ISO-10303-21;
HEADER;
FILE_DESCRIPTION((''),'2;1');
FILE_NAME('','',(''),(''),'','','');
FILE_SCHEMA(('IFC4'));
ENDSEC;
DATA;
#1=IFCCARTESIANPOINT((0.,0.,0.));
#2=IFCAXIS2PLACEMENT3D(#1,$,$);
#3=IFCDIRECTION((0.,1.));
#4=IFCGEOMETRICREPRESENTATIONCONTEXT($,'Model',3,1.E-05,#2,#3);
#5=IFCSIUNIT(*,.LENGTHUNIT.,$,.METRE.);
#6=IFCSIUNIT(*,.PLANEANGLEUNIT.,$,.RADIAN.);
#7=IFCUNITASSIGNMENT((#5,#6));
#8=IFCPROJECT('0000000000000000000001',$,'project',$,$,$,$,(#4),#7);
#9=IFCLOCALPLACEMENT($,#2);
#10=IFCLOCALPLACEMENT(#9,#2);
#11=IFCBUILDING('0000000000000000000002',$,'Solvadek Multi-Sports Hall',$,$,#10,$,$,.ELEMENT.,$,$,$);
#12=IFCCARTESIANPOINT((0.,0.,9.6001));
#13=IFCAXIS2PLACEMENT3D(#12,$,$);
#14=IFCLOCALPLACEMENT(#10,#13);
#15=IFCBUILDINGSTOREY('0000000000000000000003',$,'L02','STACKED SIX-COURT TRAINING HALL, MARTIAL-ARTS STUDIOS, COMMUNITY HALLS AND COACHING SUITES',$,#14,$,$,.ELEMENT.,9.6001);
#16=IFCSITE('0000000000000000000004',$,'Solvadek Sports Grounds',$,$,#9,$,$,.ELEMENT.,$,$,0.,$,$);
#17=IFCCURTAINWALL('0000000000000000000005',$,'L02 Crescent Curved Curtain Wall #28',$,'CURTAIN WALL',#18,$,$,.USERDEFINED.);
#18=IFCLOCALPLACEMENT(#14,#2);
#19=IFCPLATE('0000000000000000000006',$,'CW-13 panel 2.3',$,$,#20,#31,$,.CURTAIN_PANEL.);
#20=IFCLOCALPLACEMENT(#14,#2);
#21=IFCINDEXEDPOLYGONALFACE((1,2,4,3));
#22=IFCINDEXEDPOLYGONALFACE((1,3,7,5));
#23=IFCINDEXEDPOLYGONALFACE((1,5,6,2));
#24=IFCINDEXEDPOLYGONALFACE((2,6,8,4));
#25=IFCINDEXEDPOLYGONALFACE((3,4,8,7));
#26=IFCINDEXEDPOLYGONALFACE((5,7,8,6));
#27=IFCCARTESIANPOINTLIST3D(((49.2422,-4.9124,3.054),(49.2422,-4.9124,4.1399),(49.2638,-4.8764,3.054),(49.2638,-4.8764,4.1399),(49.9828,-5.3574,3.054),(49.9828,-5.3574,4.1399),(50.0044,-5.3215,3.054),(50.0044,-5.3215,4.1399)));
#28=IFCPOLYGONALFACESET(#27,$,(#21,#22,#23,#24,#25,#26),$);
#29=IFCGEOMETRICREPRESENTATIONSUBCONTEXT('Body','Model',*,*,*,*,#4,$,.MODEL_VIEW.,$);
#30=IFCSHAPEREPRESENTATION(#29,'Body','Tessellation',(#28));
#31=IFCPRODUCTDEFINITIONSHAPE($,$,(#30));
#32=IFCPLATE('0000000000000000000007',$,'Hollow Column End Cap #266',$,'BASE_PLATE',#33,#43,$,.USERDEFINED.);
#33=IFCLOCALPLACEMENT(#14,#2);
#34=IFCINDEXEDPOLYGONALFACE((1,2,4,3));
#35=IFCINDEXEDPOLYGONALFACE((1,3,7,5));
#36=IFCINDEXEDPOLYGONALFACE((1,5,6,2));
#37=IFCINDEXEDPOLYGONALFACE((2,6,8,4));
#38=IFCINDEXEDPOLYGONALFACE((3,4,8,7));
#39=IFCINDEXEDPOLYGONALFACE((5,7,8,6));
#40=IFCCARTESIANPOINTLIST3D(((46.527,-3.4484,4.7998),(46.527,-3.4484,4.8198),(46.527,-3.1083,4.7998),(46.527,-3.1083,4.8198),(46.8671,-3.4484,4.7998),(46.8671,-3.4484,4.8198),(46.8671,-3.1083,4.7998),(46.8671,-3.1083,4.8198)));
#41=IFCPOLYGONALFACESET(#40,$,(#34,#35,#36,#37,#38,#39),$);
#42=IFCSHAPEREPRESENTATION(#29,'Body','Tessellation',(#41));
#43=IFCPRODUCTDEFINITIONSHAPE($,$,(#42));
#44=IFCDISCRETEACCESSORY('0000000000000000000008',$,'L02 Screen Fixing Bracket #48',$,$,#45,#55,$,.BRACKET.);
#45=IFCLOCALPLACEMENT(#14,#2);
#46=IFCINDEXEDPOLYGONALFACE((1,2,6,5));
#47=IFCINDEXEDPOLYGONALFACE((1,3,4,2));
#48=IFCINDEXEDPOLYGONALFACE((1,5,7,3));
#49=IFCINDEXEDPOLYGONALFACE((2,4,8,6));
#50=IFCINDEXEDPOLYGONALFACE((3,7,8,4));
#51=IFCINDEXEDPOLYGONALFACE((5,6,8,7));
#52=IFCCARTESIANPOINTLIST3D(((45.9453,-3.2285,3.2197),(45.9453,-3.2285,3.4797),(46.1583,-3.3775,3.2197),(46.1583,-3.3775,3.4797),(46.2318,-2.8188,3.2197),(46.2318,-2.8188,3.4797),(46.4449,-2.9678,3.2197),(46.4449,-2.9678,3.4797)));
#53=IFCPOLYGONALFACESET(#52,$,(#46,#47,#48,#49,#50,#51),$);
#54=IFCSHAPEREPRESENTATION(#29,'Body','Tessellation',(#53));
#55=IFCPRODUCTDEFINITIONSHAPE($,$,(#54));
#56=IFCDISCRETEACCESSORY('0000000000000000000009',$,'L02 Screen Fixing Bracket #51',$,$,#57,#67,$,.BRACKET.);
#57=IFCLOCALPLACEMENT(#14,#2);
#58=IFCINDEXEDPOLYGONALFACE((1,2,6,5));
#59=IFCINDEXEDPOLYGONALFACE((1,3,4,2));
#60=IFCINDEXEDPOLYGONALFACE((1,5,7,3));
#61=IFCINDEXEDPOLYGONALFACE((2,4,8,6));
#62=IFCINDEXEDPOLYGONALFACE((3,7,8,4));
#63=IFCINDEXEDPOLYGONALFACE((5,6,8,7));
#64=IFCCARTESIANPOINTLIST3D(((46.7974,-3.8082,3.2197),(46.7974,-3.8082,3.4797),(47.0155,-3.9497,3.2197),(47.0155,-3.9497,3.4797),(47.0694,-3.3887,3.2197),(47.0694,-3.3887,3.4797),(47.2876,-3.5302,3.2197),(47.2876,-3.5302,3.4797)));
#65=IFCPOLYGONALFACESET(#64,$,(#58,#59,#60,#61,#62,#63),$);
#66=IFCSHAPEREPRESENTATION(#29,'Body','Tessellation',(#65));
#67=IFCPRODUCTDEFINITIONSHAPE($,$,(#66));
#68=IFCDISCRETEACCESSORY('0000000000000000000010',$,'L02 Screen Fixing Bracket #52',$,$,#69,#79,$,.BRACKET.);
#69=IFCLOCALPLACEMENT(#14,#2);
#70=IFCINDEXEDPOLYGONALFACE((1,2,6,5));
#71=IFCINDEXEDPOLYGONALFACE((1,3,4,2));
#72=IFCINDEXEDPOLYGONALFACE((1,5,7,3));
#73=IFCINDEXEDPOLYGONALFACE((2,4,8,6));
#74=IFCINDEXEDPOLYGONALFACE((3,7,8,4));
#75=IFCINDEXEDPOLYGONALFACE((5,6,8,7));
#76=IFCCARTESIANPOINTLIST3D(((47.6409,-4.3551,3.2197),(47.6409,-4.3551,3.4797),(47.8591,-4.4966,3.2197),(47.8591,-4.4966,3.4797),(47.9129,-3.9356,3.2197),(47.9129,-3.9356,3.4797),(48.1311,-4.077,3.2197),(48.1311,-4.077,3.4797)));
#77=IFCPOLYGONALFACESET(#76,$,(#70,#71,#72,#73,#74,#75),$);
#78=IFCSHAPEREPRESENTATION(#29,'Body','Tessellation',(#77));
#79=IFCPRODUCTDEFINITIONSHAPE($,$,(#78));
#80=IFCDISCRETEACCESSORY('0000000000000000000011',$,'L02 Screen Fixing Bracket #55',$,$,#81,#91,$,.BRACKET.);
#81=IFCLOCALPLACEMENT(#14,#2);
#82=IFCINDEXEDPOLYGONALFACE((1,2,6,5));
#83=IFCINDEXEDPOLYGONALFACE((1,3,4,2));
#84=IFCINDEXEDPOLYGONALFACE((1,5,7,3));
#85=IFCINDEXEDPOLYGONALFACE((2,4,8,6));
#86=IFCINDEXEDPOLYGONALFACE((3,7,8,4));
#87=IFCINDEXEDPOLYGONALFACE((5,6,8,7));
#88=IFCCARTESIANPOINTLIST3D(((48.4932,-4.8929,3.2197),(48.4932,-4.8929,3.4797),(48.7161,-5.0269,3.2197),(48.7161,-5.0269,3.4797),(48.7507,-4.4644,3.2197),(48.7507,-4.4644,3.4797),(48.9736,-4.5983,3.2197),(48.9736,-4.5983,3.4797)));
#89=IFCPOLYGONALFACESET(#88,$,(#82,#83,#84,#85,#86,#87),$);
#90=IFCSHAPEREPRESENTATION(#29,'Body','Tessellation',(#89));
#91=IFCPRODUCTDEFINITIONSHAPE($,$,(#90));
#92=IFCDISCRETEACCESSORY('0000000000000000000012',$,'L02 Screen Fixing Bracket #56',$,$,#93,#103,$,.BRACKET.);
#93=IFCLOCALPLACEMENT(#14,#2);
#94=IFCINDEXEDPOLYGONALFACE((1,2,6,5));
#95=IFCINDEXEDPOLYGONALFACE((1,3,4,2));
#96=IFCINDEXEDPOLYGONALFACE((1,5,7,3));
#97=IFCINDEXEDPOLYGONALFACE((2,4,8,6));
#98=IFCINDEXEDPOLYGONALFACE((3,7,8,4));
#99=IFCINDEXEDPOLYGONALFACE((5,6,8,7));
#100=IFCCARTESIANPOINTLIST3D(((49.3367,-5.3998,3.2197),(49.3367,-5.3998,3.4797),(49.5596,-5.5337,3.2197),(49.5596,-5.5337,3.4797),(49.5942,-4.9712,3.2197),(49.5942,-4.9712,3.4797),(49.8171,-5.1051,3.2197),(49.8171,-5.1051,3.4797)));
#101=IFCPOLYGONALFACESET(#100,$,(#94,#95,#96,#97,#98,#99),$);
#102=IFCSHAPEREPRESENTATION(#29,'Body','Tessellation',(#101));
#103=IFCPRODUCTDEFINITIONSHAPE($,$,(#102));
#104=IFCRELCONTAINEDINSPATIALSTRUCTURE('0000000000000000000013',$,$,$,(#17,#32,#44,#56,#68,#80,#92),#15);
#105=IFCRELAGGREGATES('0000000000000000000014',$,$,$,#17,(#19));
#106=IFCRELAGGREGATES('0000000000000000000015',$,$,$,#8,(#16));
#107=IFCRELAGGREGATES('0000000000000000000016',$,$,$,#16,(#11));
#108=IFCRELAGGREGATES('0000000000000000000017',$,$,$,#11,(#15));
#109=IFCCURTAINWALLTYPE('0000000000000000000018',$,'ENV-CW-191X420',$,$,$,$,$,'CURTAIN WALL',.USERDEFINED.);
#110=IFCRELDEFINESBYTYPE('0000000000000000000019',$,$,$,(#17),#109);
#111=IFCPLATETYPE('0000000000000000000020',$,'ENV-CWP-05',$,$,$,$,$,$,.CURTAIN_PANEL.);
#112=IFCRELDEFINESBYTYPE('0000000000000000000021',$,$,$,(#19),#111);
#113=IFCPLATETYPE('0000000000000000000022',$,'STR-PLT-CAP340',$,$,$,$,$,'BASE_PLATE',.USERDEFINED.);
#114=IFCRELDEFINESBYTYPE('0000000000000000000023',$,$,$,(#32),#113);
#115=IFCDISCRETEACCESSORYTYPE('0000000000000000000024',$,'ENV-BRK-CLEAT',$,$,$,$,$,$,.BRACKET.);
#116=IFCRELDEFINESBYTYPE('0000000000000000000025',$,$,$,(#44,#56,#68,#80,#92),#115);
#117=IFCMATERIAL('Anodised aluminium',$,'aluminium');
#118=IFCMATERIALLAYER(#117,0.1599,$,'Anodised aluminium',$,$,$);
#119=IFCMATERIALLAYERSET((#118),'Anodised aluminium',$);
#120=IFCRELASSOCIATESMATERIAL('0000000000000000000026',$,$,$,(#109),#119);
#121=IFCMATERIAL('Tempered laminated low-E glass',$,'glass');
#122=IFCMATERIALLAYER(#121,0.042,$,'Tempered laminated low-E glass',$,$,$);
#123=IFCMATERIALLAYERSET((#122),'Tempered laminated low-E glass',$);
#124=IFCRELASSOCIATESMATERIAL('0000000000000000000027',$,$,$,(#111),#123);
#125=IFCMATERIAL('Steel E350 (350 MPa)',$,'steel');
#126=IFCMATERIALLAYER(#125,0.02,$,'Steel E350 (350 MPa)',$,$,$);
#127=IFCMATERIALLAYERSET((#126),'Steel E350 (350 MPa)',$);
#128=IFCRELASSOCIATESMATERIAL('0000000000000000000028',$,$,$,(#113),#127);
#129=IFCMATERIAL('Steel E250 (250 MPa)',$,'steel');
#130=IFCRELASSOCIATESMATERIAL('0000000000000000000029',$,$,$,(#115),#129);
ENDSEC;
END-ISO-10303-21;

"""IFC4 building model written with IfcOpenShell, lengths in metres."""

from ifc_helpers import new_model, si_unit, direction, frame, origin, origin_2d, place, context, subcontext, project, spatial, rectangle, extrude, material, layer, layer_set, type_object, element, aggregate, save


model = new_model("IFC4")

# Units and contexts
model_context = context("Model", 3, precision=1e-05, world=origin(), true_north=direction((0.0, 1.0)))
body_context = subcontext(model_context, "Body", "Model", "MODEL_VIEW")
ifc_project = project(units=[si_unit("LENGTHUNIT", "METRE"), si_unit("PLANEANGLEUNIT", "RADIAN")], contexts=[model_context])

# Site, building, storey
site_placement = place(None, origin())
site = spatial("IfcSite", under=ifc_project, at=site_placement, Name="Solvadek Sports Grounds", CompositionType="ELEMENT", RefElevation=0.0)
building_placement = place(site_placement, origin())
building = spatial("IfcBuilding", under=site, at=building_placement, Name="Solvadek Multi-Sports Hall", CompositionType="ELEMENT")
storey_placement = place(building_placement, frame((0.0, 0.0, 9.6001)))
storey = spatial("IfcBuildingStorey", under=building, at=storey_placement, Name="L02", Description="STACKED SIX-COURT TRAINING HALL, MARTIAL-ARTS STUDIOS, COMMUNITY HALLS AND COACHING SUITES", CompositionType="ELEMENT", Elevation=9.6001)

# Curtain wall
ifc_material_1 = material(Name="Anodised aluminium", Category="aluminium")
ifc_layer_1 = layer(ifc_material_1, 0.1599, Name="Anodised aluminium")
ifc_layer_set_1 = layer_set([ifc_layer_1], Name="Anodised aluminium")
curtain_wall_type_1 = type_object("IfcCurtainWallType", Name="ENV-CW-191X420", ElementType="CURTAIN WALL", PredefinedType="USERDEFINED", material=ifc_layer_set_1)
curtain_wall_1_placement = place(storey_placement, origin())
curtain_wall_1 = element("IfcCurtainWall", 1, at=curtain_wall_1_placement, inside=storey, type_object=curtain_wall_type_1, Name="L02 Crescent Curved Curtain Wall #28", ObjectType="CURTAIN WALL", PredefinedType="USERDEFINED")

# Shared definitions
ifc_material_2 = material(Name="Steel E350 (350 MPa)", Category="steel")

# Shared definitions
ifc_material_3 = material(Name="Steel E250 (250 MPa)", Category="steel")

# Shared definitions
ifc_material_4 = material(Name="Tempered laminated low-E glass", Category="glass")

# Plates
ifc_layer_2 = layer(ifc_material_4, 0.042, Name="Tempered laminated low-E glass")
ifc_layer_set_2 = layer_set([ifc_layer_2], Name="Tempered laminated low-E glass")
plate_type_1 = type_object("IfcPlateType", Name="ENV-CWP-05", PredefinedType="CURTAIN_PANEL", material=ifc_layer_set_2)
plate_1_placement = place(storey_placement, frame((49.6233, -5.1169, 3.054), z_axis=(0.0, 0.0, 1.0), x_axis=(0.857155, -0.515058, 0.0)))
plate_1 = element("IfcPlate", 2, at=plate_1_placement, type_object=plate_type_1, Name="CW-13 panel 2.3", PredefinedType="CURTAIN_PANEL", context=body_context, shape_type="SweptSolid", body=[
    extrude(rectangle(XDim=0.864, YDim=0.042, at=origin_2d()), origin(), (0.0, 0.0, 1.0), 1.0859),
])
aggregate(curtain_wall_1, [plate_1])
ifc_layer_3 = layer(ifc_material_2, 0.02, Name="Steel E350 (350 MPa)")
ifc_layer_set_3 = layer_set([ifc_layer_3], Name="Steel E350 (350 MPa)")
plate_type_2 = type_object("IfcPlateType", Name="STR-PLT-CAP340", ElementType="BASE_PLATE", PredefinedType="USERDEFINED", material=ifc_layer_set_3)
plate_2_placement = place(storey_placement, frame((46.697, -3.2783, 4.7998), z_axis=(0.0, 0.0, 1.0), x_axis=(1.0, 0.0, 0.0)))
element("IfcPlate", 3, at=plate_2_placement, inside=storey, type_object=plate_type_2, Name="Hollow Column End Cap #266", ObjectType="BASE_PLATE", PredefinedType="USERDEFINED", context=body_context, shape_type="SweptSolid", body=[
    extrude(rectangle(XDim=0.3401, YDim=0.3401, at=origin_2d()), origin(), (0.0, 0.0, 1.0), 0.02),
])

# Discrete accessories
discrete_accessory_type = type_object("IfcDiscreteAccessoryType", Name="ENV-BRK-CLEAT", PredefinedType="BRACKET", material=ifc_material_3)
for number, where, z_axis, x_axis, name in (
    (4, (46.1951, -3.0981, 3.2197), (0.0, 0.0, 1.0), (0.819513, -0.573061, 0.0), "L02 Screen Fixing Bracket #48"),
    (5, (47.0425, -3.6692, 3.2197), (0.0, 0.0, 1.0), (0.839053, -0.544049, 0.0), "L02 Screen Fixing Bracket #51"),
    (6, (47.886, -4.2161, 3.2197), (0.0, 0.0, 1.0), (0.839053, -0.544049, 0.0), "L02 Screen Fixing Bracket #52"),
    (7, (48.7334, -4.7456, 3.2197), (0.0, 0.0, 1.0), (0.85713, -0.515101, 0.0), "L02 Screen Fixing Bracket #55"),
    (8, (49.5769, -5.2524, 3.2197), (0.0, 0.0, 1.0), (0.85713, -0.515101, 0.0), "L02 Screen Fixing Bracket #56"),
):
    element("IfcDiscreteAccessory", number, at=place(storey_placement, frame(where, z_axis=z_axis, x_axis=x_axis)), inside=storey, type_object=discrete_accessory_type, Name=name, PredefinedType="BRACKET", context=body_context, shape_type="SweptSolid", body=[
        extrude(rectangle(XDim=0.26, YDim=0.5, at=origin_2d()), origin(), (0.0, 0.0, 1.0), 0.26),
    ])

save(model, "model.ifc")
